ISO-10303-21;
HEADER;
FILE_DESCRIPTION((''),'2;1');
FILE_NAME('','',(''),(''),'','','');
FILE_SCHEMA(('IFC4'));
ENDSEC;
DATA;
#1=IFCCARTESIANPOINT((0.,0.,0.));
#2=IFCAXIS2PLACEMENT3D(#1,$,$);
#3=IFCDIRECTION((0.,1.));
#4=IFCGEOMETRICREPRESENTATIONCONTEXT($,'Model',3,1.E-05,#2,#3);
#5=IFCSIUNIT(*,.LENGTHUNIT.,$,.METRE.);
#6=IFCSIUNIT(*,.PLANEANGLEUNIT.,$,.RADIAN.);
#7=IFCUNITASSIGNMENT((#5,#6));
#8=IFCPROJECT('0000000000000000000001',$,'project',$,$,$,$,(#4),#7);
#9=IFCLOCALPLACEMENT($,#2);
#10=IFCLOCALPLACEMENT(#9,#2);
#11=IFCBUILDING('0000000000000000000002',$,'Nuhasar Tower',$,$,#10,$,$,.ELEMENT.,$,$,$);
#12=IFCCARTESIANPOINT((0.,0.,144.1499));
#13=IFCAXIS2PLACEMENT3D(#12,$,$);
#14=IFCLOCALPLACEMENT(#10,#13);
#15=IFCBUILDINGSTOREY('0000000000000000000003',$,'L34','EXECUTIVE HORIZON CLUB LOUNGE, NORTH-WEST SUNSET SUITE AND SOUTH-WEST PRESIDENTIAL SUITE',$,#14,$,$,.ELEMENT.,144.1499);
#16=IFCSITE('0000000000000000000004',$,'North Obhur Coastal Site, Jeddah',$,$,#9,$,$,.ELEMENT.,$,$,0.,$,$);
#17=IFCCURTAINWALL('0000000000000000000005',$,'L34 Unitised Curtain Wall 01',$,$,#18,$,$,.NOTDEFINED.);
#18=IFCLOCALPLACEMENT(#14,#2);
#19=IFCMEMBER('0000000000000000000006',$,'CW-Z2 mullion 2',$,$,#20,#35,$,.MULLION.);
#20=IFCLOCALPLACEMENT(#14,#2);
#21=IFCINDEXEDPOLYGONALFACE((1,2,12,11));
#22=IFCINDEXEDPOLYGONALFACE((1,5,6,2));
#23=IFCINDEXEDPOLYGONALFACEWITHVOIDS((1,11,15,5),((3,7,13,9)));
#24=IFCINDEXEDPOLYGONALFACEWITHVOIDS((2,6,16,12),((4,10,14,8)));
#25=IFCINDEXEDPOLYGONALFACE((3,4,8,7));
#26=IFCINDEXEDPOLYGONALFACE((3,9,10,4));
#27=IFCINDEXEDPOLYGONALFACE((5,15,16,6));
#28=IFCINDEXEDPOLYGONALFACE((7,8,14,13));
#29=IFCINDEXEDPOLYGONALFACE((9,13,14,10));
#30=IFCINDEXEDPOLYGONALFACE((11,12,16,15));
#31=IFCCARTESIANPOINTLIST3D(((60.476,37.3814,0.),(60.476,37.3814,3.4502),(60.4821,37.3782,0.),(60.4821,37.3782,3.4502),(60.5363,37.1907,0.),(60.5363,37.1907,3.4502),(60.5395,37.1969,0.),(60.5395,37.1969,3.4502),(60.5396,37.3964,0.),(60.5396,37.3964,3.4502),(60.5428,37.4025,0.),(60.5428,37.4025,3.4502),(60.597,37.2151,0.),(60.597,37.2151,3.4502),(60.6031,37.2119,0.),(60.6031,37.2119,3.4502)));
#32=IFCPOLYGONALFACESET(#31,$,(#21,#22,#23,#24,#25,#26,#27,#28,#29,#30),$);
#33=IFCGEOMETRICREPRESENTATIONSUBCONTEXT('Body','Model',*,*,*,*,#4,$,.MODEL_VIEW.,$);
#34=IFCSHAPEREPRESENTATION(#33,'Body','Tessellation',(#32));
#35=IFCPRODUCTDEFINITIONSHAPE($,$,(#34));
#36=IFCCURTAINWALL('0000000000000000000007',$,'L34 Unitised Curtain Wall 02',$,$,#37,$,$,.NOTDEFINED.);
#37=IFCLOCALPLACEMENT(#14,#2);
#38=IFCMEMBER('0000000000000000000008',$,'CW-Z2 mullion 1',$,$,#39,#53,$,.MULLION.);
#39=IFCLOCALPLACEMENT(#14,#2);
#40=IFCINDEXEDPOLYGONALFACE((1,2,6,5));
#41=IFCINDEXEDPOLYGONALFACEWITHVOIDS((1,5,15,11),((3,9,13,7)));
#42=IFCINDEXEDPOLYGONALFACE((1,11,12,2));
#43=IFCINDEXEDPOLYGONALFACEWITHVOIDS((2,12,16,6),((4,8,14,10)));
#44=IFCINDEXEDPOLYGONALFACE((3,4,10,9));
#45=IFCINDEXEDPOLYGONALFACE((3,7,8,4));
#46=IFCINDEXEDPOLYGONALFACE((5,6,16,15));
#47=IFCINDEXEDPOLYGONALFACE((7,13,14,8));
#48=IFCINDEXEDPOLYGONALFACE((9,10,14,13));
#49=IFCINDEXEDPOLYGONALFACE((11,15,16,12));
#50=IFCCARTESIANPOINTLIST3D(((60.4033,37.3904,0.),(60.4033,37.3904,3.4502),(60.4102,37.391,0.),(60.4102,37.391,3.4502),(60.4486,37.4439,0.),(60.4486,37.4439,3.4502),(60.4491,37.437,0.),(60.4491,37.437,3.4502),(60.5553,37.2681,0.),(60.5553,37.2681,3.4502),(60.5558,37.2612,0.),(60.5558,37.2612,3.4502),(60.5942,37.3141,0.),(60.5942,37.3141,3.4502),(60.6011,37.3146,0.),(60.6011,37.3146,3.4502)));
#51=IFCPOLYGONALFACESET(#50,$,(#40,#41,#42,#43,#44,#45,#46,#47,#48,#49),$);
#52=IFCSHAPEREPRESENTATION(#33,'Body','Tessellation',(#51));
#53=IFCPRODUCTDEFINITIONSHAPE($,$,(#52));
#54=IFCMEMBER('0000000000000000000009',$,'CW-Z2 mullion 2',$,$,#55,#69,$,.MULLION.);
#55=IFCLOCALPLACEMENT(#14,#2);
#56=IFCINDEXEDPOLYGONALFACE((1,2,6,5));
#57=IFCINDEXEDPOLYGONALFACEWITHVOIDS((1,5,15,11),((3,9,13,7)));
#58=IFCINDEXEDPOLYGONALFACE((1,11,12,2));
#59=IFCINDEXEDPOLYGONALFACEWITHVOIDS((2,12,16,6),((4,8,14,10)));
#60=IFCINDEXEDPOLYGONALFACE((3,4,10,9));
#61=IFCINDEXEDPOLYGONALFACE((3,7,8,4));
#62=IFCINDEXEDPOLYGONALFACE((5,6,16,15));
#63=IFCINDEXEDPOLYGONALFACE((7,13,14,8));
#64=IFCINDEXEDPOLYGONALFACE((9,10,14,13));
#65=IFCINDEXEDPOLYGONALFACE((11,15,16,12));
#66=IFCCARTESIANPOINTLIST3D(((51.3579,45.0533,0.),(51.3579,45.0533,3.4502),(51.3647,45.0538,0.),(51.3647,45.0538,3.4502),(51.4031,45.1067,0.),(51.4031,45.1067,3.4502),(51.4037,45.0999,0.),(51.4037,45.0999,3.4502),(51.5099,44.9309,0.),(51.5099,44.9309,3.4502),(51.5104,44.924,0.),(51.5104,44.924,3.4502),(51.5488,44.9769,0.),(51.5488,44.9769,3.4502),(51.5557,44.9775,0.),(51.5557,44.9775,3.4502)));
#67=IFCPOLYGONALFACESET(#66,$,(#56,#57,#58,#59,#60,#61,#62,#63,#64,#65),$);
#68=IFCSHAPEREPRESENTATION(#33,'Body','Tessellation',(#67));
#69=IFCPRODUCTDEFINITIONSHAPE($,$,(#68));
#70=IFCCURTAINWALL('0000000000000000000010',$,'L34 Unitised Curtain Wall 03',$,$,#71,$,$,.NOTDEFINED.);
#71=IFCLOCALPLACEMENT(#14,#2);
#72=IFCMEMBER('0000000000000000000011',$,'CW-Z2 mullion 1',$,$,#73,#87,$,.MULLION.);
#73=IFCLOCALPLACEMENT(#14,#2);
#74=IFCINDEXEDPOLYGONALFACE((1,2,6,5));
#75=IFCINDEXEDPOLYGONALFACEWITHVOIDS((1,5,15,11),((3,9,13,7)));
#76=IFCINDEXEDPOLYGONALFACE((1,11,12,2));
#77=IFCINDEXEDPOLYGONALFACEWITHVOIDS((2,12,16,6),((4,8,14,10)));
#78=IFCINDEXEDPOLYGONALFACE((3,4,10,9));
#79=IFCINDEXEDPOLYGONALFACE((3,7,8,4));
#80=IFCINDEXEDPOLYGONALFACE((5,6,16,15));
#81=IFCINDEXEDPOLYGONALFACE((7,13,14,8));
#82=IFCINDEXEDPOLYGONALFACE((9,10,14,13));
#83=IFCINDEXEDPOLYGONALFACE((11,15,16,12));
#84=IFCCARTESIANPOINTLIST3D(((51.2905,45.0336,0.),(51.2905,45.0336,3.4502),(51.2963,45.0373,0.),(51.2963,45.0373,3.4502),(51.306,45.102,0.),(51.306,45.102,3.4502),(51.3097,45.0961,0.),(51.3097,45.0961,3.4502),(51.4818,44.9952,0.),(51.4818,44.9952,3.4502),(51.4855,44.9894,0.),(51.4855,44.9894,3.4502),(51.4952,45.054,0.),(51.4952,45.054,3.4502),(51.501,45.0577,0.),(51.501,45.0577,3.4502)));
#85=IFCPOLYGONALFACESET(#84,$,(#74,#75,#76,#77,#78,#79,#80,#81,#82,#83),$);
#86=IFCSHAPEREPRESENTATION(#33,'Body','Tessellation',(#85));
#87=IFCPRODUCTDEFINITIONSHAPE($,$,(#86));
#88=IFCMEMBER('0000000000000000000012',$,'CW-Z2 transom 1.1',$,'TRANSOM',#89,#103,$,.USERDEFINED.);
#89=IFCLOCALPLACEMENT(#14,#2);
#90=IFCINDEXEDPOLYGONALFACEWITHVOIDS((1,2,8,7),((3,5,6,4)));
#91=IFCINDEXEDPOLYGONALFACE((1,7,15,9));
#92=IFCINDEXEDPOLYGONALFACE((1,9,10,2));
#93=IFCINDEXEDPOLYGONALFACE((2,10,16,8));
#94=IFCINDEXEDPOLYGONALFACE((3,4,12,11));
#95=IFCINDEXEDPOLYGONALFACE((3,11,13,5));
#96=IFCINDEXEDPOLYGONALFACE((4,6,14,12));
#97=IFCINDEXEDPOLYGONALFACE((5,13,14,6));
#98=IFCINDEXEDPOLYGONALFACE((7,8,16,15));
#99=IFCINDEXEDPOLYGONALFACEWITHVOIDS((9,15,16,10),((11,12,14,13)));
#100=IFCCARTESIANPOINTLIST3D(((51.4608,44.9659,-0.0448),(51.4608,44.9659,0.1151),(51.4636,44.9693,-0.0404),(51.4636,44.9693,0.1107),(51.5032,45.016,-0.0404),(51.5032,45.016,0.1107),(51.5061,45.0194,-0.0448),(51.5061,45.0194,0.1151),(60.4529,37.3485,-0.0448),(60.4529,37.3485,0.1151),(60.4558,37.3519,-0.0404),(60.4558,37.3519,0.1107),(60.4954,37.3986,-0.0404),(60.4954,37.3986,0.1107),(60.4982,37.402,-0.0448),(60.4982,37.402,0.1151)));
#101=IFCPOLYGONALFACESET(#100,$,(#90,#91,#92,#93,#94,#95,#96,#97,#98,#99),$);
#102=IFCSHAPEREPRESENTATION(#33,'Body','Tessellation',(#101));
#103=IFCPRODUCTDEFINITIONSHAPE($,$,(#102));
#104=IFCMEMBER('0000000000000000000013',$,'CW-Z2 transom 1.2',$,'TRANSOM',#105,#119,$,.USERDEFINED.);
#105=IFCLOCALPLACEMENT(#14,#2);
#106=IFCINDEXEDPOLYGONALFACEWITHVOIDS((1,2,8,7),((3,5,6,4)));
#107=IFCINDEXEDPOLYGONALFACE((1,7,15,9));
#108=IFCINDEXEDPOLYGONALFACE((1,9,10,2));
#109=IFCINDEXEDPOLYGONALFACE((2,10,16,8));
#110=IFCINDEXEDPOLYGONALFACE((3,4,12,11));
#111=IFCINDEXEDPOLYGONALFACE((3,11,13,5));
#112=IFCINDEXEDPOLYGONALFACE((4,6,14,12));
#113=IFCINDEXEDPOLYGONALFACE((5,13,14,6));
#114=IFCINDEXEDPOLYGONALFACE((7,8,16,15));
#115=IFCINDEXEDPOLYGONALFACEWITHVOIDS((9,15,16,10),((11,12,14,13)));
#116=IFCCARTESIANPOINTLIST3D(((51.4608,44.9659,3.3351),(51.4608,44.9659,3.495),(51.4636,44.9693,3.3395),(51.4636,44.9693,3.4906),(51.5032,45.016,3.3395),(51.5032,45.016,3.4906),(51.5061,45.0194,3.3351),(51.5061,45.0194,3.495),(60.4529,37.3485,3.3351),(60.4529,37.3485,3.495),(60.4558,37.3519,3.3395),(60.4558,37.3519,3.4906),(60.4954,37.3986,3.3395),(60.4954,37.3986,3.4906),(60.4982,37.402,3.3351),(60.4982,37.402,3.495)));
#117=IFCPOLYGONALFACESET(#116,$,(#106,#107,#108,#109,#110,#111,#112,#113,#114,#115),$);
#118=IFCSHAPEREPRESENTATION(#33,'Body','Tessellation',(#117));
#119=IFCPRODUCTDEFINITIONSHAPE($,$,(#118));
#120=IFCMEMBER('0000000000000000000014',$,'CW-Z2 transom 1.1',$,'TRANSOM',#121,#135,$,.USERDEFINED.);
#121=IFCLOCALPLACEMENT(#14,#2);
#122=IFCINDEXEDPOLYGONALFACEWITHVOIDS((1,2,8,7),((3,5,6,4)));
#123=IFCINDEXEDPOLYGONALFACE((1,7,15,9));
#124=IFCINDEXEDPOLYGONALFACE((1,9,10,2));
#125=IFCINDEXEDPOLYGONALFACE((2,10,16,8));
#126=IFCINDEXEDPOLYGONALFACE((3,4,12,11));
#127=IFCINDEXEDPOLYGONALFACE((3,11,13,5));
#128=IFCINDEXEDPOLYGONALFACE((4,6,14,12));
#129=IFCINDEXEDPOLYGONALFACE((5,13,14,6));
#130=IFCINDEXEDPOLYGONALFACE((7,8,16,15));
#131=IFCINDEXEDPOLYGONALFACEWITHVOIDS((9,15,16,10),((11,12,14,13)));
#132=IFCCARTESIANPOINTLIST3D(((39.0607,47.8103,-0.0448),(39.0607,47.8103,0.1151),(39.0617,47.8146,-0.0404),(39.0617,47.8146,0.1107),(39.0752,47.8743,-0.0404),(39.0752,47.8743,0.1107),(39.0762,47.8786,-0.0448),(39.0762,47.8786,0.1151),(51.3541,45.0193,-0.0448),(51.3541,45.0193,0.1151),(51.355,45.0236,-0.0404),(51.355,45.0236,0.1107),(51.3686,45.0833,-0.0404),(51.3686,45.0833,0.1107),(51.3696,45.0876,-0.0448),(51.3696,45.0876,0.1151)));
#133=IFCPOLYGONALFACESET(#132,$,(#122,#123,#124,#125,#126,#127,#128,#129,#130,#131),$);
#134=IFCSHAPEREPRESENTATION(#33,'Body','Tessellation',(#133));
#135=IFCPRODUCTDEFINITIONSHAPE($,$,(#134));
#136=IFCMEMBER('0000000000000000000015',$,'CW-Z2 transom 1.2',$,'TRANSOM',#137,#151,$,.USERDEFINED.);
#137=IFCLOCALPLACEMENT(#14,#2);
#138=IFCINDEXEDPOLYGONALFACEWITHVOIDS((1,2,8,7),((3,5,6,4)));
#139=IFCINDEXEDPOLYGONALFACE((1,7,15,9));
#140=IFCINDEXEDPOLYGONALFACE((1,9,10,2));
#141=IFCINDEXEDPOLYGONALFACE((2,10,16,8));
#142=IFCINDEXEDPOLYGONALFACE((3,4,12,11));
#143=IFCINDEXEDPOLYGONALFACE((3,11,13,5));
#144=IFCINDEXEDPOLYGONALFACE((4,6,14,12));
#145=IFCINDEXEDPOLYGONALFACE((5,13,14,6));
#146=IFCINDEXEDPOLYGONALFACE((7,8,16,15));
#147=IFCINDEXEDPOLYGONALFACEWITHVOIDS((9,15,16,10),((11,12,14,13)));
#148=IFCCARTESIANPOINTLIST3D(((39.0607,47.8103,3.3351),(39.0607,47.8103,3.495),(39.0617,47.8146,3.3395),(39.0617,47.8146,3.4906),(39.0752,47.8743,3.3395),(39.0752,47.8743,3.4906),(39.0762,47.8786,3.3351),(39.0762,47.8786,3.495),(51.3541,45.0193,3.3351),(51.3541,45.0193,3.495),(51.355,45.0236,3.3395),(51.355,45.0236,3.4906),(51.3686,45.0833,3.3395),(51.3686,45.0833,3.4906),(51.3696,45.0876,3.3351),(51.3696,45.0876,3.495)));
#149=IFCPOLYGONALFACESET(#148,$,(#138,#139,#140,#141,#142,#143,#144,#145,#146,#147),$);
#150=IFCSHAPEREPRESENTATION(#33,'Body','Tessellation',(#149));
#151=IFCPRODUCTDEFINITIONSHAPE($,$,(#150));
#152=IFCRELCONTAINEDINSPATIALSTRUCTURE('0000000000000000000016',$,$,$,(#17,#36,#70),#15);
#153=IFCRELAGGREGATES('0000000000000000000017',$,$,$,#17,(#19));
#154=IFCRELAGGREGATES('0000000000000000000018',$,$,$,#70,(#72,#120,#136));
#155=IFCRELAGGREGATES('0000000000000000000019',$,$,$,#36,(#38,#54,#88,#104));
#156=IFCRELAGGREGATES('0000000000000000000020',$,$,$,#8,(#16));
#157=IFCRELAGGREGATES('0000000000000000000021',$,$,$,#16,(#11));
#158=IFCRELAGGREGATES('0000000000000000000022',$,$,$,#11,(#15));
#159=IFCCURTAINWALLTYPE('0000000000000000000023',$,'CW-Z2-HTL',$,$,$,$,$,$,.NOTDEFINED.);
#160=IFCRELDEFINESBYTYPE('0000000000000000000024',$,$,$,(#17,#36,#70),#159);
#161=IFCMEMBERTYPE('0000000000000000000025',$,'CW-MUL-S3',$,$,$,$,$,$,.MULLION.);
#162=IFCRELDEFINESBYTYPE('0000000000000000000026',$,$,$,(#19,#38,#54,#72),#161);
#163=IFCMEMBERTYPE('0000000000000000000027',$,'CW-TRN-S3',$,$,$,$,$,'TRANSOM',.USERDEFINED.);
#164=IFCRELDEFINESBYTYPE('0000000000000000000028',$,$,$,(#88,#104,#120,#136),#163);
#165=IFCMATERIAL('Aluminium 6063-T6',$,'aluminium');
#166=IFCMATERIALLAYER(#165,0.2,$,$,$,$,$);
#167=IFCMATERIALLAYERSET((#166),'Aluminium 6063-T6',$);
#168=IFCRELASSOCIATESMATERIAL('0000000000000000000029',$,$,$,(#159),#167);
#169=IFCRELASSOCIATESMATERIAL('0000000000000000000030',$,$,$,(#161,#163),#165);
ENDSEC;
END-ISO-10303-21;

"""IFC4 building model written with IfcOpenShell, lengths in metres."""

from ifc_helpers import new_model, si_unit, direction, frame, origin, origin_2d, place, context, subcontext, project, spatial, hollow_rectangle, extrude, material, layer, layer_set, material_profile, profile_set, type_object, element, aggregate, save


model = new_model("IFC4")

# Units and contexts
model_context = context("Model", 3, precision=1e-05, world=origin(), true_north=direction((0.0, 1.0)))
body_context = subcontext(model_context, "Body", "Model", "MODEL_VIEW")
ifc_project = project(units=[si_unit("LENGTHUNIT", "METRE"), si_unit("PLANEANGLEUNIT", "RADIAN")], contexts=[model_context])

# Site, building, storey
site_placement = place(None, origin())
site = spatial("IfcSite", under=ifc_project, at=site_placement, Name="North Obhur Coastal Site, Jeddah", CompositionType="ELEMENT", RefElevation=0.0)
building_placement = place(site_placement, origin())
building = spatial("IfcBuilding", under=site, at=building_placement, Name="Nuhasar Tower", CompositionType="ELEMENT")
storey_placement = place(building_placement, frame((0.0, 0.0, 144.1499)))
storey = spatial("IfcBuildingStorey", under=building, at=storey_placement, Name="L34", Description="EXECUTIVE HORIZON CLUB LOUNGE, NORTH-WEST SUNSET SUITE AND SOUTH-WEST PRESIDENTIAL SUITE", CompositionType="ELEMENT", Elevation=144.1499)

# Curtain wall, member
ifc_material_1 = material(Name="Aluminium 6063-T6", Category="aluminium")
ifc_layer_1 = layer(ifc_material_1, 0.2)
ifc_layer_set_1 = layer_set([ifc_layer_1], Name="Aluminium 6063-T6")
curtain_wall_type = type_object("IfcCurtainWallType", Name="CW-Z2-HTL", PredefinedType="NOTDEFINED", material=ifc_layer_set_1)
curtain_wall_1_placement = place(storey_placement, origin())
curtain_wall_1 = element("IfcCurtainWall", 1, at=curtain_wall_1_placement, inside=storey, type_object=curtain_wall_type, Name="L34 Unitised Curtain Wall 01", PredefinedType="NOTDEFINED")
ifc_material_profile_1 = material_profile(ifc_material_1, hollow_rectangle(XDim=0.0701, YDim=0.2, WallThickness=0.0049, at=origin_2d()), Name="CWM-3")
ifc_profile_set_1 = profile_set([ifc_material_profile_1], Name="Aluminium 6063-T6")
member_type_1 = type_object("IfcMemberType", Name="CW-MUL-S3", PredefinedType="MULLION", material=ifc_profile_set_1)
member_1_placement = place(storey_placement, frame((60.5396, 37.2966, 0.0), z_axis=(0.0, 0.0, 1.0), x_axis=(-0.953433, -0.301604, 0.0)))
member_1 = element("IfcMember", 2, at=member_1_placement, type_object=member_type_1, Name="CW-Z2 mullion 2", PredefinedType="MULLION", context=body_context, shape_type="SweptSolid", body=[
    extrude(hollow_rectangle(XDim=0.0701, YDim=0.2, WallThickness=0.0049, at=origin_2d()), origin(), (0.0, 0.0, 1.0), 3.4502),
])
aggregate(curtain_wall_1, [member_1])

# Curtain wall, members
curtain_wall_2_placement = place(storey_placement, origin())
curtain_wall_2 = element("IfcCurtainWall", 3, at=curtain_wall_2_placement, inside=storey, type_object=curtain_wall_type, Name="L34 Unitised Curtain Wall 02", PredefinedType="NOTDEFINED")
member_2_placement = place(storey_placement, frame((60.5022, 37.3525, 0.0), z_axis=(0.0, 0.0, 1.0), x_axis=(-0.646374, -0.76302, 0.0)))
member_2 = element("IfcMember", 4, at=member_2_placement, type_object=member_type_1, Name="CW-Z2 mullion 1", PredefinedType="MULLION", context=body_context, shape_type="SweptSolid", body=[
    extrude(hollow_rectangle(XDim=0.0701, YDim=0.2, WallThickness=0.0049, at=origin_2d()), origin(), (0.0, 0.0, 1.0), 3.4502),
])
member_3_placement = place(storey_placement, frame((51.4568, 45.0154, 0.0), z_axis=(0.0, 0.0, 1.0), x_axis=(-0.646374, -0.76302, 0.0)))
member_3 = element("IfcMember", 5, at=member_3_placement, type_object=member_type_1, Name="CW-Z2 mullion 2", PredefinedType="MULLION", context=body_context, shape_type="SweptSolid", body=[
    extrude(hollow_rectangle(XDim=0.0701, YDim=0.2, WallThickness=0.0049, at=origin_2d()), origin(), (0.0, 0.0, 1.0), 3.4502),
])

# Curtain wall, member
curtain_wall_3_placement = place(storey_placement, origin())
curtain_wall_3 = element("IfcCurtainWall", 6, at=curtain_wall_3_placement, inside=storey, type_object=curtain_wall_type, Name="L34 Unitised Curtain Wall 03", PredefinedType="NOTDEFINED")
member_4_placement = place(storey_placement, frame((51.3958, 45.0457, 0.0), z_axis=(0.0, 0.0, 1.0), x_axis=(-0.221397, -0.975184, 0.0)))
member_4 = element("IfcMember", 7, at=member_4_placement, type_object=member_type_1, Name="CW-Z2 mullion 1", PredefinedType="MULLION", context=body_context, shape_type="SweptSolid", body=[
    extrude(hollow_rectangle(XDim=0.0701, YDim=0.2, WallThickness=0.0049, at=origin_2d()), origin(), (0.0, 0.0, 1.0), 3.4502),
])

# Members
ifc_material_profile_2 = material_profile(ifc_material_1, hollow_rectangle(XDim=0.0701, YDim=0.1599, WallThickness=0.0044, at=origin_2d()), Name="CWT-3")
ifc_profile_set_2 = profile_set([ifc_material_profile_2], Name="Aluminium 6063-T6")
member_type_2 = type_object("IfcMemberType", Name="CW-TRN-S3", ElementType="TRANSOM", PredefinedType="USERDEFINED", material=ifc_profile_set_2)
member_5_placement = place(storey_placement, frame((60.4756, 37.3752, 0.0352), z_axis=(-0.763024, 0.64637, 0.0), x_axis=(-0.64637, -0.763024, 0.0)))
member_5 = element("IfcMember", 8, at=member_5_placement, type_object=member_type_2, Name="CW-Z2 transom 1.1", ObjectType="TRANSOM", PredefinedType="USERDEFINED", context=body_context, shape_type="SweptSolid", body=[
    extrude(hollow_rectangle(XDim=0.0701, YDim=0.1599, WallThickness=0.0044, at=origin_2d()), origin(), (0.0, 0.0, 1.0), 11.7849),
])
member_6_placement = place(storey_placement, frame((60.4756, 37.3752, 3.415), z_axis=(-0.763024, 0.64637, 0.0), x_axis=(-0.64637, -0.763024, 0.0)))
member_6 = element("IfcMember", 9, at=member_6_placement, type_object=member_type_2, Name="CW-Z2 transom 1.2", ObjectType="TRANSOM", PredefinedType="USERDEFINED", context=body_context, shape_type="SweptSolid", body=[
    extrude(hollow_rectangle(XDim=0.0701, YDim=0.1599, WallThickness=0.0044, at=origin_2d()), origin(), (0.0, 0.0, 1.0), 11.7849),
])
member_7_placement = place(storey_placement, frame((51.3618, 45.0535, 0.0352), z_axis=(-0.975183, 0.221398, 0.0), x_axis=(-0.221398, -0.975183, 0.0)))
member_7 = element("IfcMember", 10, at=member_7_placement, type_object=member_type_2, Name="CW-Z2 transom 1.1", ObjectType="TRANSOM", PredefinedType="USERDEFINED", context=body_context, shape_type="SweptSolid", body=[
    extrude(hollow_rectangle(XDim=0.0701, YDim=0.1599, WallThickness=0.0044, at=origin_2d()), origin(), (0.0, 0.0, 1.0), 12.6062),
])
member_8_placement = place(storey_placement, frame((51.3618, 45.0535, 3.415), z_axis=(-0.975183, 0.221398, 0.0), x_axis=(-0.221398, -0.975183, 0.0)))
member_8 = element("IfcMember", 11, at=member_8_placement, type_object=member_type_2, Name="CW-Z2 transom 1.2", ObjectType="TRANSOM", PredefinedType="USERDEFINED", context=body_context, shape_type="SweptSolid", body=[
    extrude(hollow_rectangle(XDim=0.0701, YDim=0.1599, WallThickness=0.0044, at=origin_2d()), origin(), (0.0, 0.0, 1.0), 12.6062),
])
aggregate(curtain_wall_3, [member_4, member_7, member_8])

aggregate(curtain_wall_2, [member_2, member_3, member_5, member_6])

save(model, "model.ifc")
